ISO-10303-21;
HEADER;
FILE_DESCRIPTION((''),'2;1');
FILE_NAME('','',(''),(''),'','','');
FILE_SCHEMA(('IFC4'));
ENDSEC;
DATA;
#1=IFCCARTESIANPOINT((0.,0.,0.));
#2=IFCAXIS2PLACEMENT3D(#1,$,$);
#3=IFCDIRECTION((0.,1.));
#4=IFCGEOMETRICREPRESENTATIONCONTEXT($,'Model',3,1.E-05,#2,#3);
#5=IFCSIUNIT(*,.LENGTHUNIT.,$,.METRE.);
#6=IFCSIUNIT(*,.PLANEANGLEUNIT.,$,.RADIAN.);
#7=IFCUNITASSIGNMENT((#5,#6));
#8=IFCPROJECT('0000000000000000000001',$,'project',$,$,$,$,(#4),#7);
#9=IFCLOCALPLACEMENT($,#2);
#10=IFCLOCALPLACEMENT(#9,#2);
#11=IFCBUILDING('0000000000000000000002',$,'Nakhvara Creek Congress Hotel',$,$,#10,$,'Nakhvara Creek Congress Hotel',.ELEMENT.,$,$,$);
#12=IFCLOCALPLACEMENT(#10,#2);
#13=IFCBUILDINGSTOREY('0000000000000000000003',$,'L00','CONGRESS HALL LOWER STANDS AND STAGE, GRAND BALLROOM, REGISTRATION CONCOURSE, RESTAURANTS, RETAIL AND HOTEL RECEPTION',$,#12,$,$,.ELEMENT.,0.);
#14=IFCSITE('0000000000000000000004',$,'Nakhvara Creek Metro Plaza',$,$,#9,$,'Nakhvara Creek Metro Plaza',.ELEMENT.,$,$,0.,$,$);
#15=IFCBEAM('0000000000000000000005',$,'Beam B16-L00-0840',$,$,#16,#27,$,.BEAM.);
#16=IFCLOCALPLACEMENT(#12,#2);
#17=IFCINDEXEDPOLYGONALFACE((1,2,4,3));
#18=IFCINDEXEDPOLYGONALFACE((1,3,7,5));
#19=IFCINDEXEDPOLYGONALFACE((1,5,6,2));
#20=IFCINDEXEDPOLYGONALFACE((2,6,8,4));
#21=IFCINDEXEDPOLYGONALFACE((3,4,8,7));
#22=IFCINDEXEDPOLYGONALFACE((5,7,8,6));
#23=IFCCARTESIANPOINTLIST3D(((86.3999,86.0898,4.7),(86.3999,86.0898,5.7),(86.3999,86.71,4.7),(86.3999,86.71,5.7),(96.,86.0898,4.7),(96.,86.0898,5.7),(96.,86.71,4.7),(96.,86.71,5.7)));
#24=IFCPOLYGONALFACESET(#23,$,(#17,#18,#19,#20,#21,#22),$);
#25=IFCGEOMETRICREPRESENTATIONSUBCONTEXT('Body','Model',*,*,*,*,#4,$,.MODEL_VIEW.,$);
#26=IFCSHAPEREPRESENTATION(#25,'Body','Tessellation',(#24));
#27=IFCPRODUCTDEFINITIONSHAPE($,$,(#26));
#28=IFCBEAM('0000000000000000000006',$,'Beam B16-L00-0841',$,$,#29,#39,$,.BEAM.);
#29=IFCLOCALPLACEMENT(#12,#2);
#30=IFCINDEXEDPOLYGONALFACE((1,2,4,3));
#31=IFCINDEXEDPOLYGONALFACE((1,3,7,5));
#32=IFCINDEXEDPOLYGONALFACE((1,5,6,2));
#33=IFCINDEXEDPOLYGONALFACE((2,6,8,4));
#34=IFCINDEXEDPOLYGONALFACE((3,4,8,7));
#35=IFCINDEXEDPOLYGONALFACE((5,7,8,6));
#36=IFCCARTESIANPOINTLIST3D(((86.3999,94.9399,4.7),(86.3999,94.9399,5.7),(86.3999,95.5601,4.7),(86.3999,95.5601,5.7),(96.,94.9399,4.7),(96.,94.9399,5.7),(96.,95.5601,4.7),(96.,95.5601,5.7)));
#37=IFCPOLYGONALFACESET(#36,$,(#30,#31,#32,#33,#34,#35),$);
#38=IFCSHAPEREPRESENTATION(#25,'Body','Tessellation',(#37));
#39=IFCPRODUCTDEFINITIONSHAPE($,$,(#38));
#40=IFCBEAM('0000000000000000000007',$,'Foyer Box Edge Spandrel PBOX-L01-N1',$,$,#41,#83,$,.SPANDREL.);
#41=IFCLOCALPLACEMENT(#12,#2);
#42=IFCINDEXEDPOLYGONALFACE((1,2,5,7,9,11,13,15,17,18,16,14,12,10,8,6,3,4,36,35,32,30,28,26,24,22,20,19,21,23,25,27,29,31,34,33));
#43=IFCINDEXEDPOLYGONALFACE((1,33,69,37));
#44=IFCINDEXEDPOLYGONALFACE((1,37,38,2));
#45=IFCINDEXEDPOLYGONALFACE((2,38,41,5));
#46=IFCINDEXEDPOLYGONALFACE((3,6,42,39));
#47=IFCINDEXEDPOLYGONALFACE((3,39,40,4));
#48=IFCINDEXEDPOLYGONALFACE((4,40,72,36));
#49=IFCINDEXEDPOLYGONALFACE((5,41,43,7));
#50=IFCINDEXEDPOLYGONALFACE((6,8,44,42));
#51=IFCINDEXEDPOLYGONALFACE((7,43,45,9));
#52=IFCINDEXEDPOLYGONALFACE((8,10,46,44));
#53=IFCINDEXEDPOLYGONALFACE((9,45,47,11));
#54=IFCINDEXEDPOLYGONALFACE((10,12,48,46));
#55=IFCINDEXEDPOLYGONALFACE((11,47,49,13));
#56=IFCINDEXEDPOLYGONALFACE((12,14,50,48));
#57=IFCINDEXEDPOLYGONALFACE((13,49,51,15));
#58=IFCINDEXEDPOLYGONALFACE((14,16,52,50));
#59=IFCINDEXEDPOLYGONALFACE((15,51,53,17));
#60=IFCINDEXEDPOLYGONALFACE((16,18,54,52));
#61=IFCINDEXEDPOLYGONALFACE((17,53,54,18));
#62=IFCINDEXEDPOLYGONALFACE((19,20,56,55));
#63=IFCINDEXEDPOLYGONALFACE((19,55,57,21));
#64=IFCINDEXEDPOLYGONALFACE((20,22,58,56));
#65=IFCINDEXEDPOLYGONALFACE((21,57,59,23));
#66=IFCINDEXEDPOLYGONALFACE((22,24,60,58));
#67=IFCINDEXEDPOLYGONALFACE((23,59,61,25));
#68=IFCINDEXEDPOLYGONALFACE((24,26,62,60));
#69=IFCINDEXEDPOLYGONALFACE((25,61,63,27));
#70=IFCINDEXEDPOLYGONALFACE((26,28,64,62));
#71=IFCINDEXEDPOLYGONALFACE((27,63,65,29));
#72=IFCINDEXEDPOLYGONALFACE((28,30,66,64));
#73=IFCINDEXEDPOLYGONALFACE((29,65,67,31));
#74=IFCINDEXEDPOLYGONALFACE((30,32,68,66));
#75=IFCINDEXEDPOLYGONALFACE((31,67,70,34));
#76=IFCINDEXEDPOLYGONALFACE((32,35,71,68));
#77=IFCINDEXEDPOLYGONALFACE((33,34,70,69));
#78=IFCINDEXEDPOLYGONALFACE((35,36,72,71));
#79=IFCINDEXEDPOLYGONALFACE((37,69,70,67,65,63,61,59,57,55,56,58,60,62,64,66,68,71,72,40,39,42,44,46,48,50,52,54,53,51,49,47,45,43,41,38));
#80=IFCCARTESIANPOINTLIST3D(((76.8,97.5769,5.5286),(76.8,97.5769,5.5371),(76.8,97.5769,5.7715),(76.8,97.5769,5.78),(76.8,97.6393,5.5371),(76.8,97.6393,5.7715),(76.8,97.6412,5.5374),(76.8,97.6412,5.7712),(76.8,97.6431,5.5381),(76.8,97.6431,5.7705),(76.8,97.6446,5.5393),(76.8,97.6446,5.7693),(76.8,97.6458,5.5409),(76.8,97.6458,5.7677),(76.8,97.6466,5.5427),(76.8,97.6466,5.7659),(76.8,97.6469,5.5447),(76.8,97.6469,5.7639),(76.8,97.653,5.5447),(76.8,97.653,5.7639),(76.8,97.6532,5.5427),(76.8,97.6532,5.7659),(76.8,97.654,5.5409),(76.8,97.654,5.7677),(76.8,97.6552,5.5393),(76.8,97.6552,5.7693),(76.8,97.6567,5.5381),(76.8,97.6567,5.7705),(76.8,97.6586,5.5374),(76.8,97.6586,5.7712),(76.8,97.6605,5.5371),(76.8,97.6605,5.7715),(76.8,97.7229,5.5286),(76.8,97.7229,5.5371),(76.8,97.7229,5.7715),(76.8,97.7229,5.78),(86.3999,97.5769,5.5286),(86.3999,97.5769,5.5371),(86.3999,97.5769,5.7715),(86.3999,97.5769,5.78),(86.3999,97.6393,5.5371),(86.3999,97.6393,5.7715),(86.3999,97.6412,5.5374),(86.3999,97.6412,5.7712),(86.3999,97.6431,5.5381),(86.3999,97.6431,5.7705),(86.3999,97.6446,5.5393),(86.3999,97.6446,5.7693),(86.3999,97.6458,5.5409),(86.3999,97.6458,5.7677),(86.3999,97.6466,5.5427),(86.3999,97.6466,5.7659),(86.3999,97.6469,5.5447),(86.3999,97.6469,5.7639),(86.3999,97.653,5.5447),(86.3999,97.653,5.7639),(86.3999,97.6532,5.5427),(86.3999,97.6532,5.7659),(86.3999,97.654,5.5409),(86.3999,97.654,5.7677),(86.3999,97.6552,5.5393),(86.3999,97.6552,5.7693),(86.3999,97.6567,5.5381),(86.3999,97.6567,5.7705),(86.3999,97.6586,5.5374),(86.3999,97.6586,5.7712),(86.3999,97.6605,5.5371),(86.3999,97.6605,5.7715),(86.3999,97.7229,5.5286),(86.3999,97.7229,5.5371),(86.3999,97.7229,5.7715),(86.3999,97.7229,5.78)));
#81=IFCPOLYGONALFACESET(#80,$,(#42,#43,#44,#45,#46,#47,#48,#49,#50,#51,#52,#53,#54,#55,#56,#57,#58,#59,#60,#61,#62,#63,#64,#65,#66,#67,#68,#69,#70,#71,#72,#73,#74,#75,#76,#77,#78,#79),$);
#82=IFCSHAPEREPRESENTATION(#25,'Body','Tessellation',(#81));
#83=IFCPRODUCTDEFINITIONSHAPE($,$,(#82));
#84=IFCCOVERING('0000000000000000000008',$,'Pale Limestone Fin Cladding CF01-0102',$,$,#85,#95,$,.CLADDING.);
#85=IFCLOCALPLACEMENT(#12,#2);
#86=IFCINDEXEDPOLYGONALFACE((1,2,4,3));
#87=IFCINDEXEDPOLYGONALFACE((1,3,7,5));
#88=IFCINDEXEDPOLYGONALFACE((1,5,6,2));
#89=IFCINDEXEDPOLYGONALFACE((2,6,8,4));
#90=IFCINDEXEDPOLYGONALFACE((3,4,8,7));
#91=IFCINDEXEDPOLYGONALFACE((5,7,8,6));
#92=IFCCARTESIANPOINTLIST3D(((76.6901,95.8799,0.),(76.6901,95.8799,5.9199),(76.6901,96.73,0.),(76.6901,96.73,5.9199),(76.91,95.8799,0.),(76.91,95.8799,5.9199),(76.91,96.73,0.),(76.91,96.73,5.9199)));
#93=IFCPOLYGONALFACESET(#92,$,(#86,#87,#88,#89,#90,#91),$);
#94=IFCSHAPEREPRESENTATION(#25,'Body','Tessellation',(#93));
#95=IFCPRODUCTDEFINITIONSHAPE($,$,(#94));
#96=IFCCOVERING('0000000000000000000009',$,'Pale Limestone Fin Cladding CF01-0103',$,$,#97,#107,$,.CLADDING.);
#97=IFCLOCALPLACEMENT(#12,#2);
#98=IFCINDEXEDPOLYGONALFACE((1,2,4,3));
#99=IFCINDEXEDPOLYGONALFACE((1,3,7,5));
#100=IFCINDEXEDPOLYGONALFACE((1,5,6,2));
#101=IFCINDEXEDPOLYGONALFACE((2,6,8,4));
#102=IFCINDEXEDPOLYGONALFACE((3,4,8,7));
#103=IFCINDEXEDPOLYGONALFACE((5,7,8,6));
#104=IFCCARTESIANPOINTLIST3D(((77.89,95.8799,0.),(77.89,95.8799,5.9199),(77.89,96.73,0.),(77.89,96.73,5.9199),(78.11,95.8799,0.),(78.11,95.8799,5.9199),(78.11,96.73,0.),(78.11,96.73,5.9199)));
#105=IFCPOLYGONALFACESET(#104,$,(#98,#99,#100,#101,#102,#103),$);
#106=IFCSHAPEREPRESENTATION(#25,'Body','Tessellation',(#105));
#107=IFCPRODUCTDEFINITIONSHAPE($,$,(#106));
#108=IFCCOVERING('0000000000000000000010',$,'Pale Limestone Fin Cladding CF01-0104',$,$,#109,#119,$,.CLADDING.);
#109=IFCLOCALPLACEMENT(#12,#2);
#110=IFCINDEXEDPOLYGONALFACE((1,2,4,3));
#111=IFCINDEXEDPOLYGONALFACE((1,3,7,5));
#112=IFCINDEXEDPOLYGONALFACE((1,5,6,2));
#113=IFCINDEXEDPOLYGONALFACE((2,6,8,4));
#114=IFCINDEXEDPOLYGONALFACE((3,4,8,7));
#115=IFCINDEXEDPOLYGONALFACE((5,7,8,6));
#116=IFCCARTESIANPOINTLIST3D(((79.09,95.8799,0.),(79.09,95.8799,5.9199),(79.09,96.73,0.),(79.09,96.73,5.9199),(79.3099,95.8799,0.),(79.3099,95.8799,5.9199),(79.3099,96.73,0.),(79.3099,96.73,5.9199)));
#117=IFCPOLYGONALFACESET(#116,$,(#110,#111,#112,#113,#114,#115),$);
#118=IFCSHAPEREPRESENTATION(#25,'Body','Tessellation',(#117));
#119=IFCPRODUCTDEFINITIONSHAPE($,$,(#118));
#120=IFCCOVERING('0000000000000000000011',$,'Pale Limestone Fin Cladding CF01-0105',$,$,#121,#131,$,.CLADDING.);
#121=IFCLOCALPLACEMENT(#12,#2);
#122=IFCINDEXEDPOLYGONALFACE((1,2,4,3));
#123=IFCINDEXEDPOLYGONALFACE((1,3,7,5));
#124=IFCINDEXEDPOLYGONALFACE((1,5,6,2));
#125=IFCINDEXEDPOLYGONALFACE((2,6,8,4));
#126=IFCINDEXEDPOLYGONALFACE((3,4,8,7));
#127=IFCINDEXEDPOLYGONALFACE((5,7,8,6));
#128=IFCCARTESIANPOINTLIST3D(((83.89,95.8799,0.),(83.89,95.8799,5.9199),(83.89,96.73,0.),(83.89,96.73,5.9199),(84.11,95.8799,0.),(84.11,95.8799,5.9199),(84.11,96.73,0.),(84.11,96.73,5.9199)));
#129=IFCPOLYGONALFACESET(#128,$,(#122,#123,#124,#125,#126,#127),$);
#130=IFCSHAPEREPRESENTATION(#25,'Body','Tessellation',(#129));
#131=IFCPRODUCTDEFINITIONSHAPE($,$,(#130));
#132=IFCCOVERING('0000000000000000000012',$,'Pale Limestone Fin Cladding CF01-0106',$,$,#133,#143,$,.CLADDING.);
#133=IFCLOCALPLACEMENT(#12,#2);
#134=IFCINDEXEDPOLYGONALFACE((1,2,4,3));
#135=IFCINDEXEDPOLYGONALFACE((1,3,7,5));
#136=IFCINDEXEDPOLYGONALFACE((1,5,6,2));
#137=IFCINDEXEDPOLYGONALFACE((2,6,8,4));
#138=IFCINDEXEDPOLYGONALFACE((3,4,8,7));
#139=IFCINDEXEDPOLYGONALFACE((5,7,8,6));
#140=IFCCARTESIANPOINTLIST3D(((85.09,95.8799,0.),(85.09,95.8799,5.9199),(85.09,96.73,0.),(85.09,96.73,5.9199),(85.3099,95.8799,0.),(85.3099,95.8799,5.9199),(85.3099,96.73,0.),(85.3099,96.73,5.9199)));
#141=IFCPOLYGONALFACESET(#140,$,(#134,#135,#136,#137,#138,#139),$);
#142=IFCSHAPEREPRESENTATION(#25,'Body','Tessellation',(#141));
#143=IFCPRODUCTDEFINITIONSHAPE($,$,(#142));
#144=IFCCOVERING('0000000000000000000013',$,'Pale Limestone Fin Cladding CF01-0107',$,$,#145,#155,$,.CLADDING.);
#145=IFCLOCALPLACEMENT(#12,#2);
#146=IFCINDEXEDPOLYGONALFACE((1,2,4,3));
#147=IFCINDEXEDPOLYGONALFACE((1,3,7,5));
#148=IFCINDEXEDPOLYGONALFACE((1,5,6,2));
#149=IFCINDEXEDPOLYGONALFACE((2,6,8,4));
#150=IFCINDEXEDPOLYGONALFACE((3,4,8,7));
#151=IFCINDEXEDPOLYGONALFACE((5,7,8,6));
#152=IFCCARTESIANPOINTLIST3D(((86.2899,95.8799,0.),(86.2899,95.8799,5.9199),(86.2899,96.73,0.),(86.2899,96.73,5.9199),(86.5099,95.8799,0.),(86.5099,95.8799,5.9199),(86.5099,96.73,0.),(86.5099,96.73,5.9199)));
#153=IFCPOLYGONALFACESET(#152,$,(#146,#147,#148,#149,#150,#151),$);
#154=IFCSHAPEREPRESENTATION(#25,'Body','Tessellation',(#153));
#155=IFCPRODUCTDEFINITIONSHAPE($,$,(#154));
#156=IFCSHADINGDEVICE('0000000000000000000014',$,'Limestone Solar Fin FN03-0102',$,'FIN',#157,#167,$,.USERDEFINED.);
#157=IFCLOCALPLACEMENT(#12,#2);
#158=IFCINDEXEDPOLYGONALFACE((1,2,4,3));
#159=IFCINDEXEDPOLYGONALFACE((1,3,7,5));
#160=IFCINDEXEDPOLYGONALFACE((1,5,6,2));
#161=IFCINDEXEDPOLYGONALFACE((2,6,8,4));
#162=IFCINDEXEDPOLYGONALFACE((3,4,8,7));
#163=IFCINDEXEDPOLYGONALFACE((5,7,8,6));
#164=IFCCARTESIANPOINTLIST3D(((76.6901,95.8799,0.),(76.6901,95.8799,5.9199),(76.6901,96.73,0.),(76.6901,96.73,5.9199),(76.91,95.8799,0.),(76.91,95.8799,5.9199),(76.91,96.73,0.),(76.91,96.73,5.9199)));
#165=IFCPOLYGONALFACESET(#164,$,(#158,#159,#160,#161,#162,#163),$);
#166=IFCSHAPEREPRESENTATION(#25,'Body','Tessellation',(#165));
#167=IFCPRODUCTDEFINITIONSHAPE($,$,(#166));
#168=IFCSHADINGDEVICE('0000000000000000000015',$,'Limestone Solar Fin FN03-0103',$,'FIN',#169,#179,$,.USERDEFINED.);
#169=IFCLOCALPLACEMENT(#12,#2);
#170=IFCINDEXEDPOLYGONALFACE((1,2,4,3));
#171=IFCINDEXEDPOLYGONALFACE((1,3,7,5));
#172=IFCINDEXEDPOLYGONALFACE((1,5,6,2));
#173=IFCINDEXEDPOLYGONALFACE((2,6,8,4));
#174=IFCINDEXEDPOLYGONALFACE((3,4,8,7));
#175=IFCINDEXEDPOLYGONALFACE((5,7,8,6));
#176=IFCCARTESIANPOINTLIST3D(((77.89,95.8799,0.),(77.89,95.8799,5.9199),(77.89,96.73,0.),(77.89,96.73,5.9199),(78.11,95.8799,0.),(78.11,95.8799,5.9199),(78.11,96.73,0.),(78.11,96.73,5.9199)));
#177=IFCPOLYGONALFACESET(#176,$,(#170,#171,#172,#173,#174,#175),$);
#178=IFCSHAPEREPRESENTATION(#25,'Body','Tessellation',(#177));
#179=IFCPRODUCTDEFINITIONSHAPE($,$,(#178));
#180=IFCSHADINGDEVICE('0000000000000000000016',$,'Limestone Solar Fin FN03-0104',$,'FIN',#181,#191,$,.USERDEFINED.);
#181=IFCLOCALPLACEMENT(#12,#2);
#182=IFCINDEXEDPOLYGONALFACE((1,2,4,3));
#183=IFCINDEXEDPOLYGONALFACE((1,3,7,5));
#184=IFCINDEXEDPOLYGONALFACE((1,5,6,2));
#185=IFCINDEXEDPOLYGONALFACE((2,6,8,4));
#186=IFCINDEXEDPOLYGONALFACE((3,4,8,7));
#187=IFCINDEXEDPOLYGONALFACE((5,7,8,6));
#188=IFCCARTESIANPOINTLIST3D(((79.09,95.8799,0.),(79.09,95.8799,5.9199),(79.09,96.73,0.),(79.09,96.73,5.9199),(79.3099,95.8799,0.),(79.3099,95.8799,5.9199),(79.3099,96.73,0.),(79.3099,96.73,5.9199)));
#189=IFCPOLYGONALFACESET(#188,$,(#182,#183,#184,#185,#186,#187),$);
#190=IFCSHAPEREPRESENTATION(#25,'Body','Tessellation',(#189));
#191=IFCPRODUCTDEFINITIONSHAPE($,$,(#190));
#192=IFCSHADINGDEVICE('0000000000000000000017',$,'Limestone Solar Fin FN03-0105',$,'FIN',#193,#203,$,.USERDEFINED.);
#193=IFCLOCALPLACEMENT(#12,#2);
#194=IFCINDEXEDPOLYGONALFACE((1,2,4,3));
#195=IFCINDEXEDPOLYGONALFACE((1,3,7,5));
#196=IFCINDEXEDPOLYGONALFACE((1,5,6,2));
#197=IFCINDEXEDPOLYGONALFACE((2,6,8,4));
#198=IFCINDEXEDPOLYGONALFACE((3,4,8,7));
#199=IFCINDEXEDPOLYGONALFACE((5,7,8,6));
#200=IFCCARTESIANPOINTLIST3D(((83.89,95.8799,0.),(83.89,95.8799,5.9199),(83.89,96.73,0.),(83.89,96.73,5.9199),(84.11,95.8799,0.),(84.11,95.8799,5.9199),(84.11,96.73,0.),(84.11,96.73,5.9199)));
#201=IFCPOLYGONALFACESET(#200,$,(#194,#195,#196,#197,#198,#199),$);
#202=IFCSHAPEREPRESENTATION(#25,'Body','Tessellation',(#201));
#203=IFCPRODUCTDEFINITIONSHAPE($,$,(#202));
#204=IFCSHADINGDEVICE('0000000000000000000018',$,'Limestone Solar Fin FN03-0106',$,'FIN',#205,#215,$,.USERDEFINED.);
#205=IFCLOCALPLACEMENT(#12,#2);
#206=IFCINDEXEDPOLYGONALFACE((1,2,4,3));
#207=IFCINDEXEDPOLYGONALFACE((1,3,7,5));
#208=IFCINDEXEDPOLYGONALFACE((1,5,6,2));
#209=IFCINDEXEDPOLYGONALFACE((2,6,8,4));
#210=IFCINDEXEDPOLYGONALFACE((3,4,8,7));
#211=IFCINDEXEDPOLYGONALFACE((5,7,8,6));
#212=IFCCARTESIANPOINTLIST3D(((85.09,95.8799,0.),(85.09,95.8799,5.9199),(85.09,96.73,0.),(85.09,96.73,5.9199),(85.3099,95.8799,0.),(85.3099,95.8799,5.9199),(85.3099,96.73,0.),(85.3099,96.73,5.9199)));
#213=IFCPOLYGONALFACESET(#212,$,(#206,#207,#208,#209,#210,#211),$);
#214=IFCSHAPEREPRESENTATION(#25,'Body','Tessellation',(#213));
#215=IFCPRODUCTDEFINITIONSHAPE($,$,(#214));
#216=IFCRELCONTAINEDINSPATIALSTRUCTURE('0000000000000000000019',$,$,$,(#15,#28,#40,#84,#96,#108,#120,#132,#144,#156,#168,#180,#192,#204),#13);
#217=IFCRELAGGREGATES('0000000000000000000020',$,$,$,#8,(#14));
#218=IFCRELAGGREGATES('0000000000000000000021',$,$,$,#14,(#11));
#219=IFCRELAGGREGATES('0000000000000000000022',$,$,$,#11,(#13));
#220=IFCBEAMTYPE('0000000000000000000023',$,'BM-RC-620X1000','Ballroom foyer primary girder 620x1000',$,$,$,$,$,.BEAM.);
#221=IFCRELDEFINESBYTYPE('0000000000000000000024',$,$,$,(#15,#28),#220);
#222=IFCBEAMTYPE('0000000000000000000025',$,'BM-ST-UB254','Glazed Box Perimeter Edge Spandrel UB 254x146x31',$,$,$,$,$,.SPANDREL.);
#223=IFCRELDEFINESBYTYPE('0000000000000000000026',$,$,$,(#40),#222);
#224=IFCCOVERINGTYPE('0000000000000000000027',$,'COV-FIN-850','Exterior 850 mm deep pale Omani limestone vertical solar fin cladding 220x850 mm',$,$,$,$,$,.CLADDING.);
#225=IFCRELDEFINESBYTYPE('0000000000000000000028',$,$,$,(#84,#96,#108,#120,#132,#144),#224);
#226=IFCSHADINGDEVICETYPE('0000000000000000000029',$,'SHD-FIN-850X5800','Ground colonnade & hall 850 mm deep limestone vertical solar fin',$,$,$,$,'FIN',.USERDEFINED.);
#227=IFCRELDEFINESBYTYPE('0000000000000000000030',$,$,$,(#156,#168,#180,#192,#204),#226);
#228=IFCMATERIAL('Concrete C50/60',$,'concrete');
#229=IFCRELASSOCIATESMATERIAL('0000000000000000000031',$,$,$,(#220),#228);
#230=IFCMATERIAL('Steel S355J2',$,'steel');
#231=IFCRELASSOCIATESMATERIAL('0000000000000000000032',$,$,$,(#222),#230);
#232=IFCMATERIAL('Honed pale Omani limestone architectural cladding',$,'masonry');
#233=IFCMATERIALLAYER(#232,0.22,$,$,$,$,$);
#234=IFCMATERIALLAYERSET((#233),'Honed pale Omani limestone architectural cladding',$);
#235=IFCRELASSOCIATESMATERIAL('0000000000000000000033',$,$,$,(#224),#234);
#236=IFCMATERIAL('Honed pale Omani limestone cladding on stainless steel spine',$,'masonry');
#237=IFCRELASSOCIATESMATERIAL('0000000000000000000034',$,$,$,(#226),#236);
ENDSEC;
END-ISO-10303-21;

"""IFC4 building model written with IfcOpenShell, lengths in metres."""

from ifc_helpers import new_model, si_unit, direction, frame, origin, origin_2d, place, context, subcontext, project, spatial, rectangle, i_section, extrude, material, layer, layer_set, material_profile, profile_set, type_object, element, save


model = new_model("IFC4")

# Units and contexts
model_context = context("Model", 3, precision=1e-05, world=origin(), true_north=direction((0.0, 1.0)))
body_context = subcontext(model_context, "Body", "Model", "MODEL_VIEW")
ifc_project = project(units=[si_unit("LENGTHUNIT", "METRE"), si_unit("PLANEANGLEUNIT", "RADIAN")], contexts=[model_context])

# Site, building, storey
site_placement = place(None, origin())
site = spatial("IfcSite", under=ifc_project, at=site_placement, Name="Nakhvara Creek Metro Plaza", LongName="Nakhvara Creek Metro Plaza", CompositionType="ELEMENT", RefElevation=0.0)
building_placement = place(site_placement, origin())
building = spatial("IfcBuilding", under=site, at=building_placement, Name="Nakhvara Creek Congress Hotel", LongName="Nakhvara Creek Congress Hotel", CompositionType="ELEMENT")
storey_placement = place(building_placement, origin())
storey = spatial("IfcBuildingStorey", under=building, at=storey_placement, Name="L00", Description="CONGRESS HALL LOWER STANDS AND STAGE, GRAND BALLROOM, REGISTRATION CONCOURSE, RESTAURANTS, RETAIL AND HOTEL RECEPTION", CompositionType="ELEMENT", Elevation=0.0)

# Shared definitions
ifc_material_1 = material(Name="Concrete C50/60", Category="concrete")
ifc_material_2 = material(Name="Steel S355J2", Category="steel")

# Beams
ifc_material_profile_1 = material_profile(ifc_material_1, rectangle(XDim=0.6201, YDim=1.0, at=origin_2d()), Name="RC-BM 620x1000", Category="LoadBearing")
ifc_profile_set_1 = profile_set([ifc_material_profile_1], Name="Concrete C50/60")
beam_type_1 = type_object("IfcBeamType", Name="BM-RC-620X1000", Description="Ballroom foyer primary girder 620x1000", PredefinedType="BEAM", material=ifc_profile_set_1)
for number, where, z_axis, x_axis, name in (
    (1, (86.3999, 86.3999, 5.2), (1.0, 0.0, 0.0), (0.0, 1.0, 0.0), "Beam B16-L00-0840"),
    (2, (86.3999, 95.25, 5.2), (1.0, 0.0, 0.0), (0.0, 1.0, 0.0), "Beam B16-L00-0841"),
):
    element("IfcBeam", number, at=place(storey_placement, frame(where, z_axis=z_axis, x_axis=x_axis)), inside=storey, type_object=beam_type_1, Name=name, PredefinedType="BEAM", context=body_context, shape_type="SweptSolid", body=[
        extrude(rectangle(XDim=0.6201, YDim=1.0, at=origin_2d()), origin(), (0.0, 0.0, 1.0), 9.6001),
    ])
ifc_material_profile_2 = material_profile(ifc_material_2, i_section(OverallWidth=0.146, OverallDepth=0.2515, WebThickness=0.0061, FlangeThickness=0.0085, FilletRadius=0.0076, at=origin_2d()), Name="UB 254x146x31", Category="LoadBearing")
ifc_profile_set_2 = profile_set([ifc_material_profile_2], Name="Steel S355J2")
beam_type_2 = type_object("IfcBeamType", Name="BM-ST-UB254", Description="Glazed Box Perimeter Edge Spandrel UB 254x146x31", PredefinedType="SPANDREL", material=ifc_profile_set_2)
beam_1_placement = place(storey_placement, frame((76.8, 97.6499, 5.6543), z_axis=(1.0, 0.0, 0.0), x_axis=(0.0, 1.0, 0.0)))
element("IfcBeam", 3, at=beam_1_placement, inside=storey, type_object=beam_type_2, Name="Foyer Box Edge Spandrel PBOX-L01-N1", PredefinedType="SPANDREL", context=body_context, shape_type="SweptSolid", body=[
    extrude(i_section(OverallWidth=0.146, OverallDepth=0.2515, WebThickness=0.0061, FlangeThickness=0.0085, FilletRadius=0.0076, at=origin_2d()), origin(), (0.0, 0.0, 1.0), 9.5999),
])

# Coverings
ifc_material_3 = material(Name="Honed pale Omani limestone architectural cladding", Category="masonry")
ifc_layer = layer(ifc_material_3, 0.22)
ifc_layer_set = layer_set([ifc_layer], Name="Honed pale Omani limestone architectural cladding")
covering_type = type_object("IfcCoveringType", Name="COV-FIN-850", Description="Exterior 850 mm deep pale Omani limestone vertical solar fin cladding 220x850 mm", PredefinedType="CLADDING", material=ifc_layer_set)
for number, where, z_axis, x_axis, name in (
    (4, (76.8, 96.3049, 0.0), (0.0, 0.0, 1.0), (1.0, 0.0, 0.0), "Pale Limestone Fin Cladding CF01-0102"),
    (5, (78.0, 96.3049, 0.0), (0.0, 0.0, 1.0), (1.0, 0.0, 0.0), "Pale Limestone Fin Cladding CF01-0103"),
    (6, (79.2, 96.3049, 0.0), (0.0, 0.0, 1.0), (1.0, 0.0, 0.0), "Pale Limestone Fin Cladding CF01-0104"),
    (7, (84.0, 96.3049, 0.0), (0.0, 0.0, 1.0), (1.0, 0.0, 0.0), "Pale Limestone Fin Cladding CF01-0105"),
    (8, (85.2, 96.3049, 0.0), (0.0, 0.0, 1.0), (1.0, 0.0, 0.0), "Pale Limestone Fin Cladding CF01-0106"),
    (9, (86.3999, 96.3049, 0.0), (0.0, 0.0, 1.0), (1.0, 0.0, 0.0), "Pale Limestone Fin Cladding CF01-0107"),
):
    element("IfcCovering", number, at=place(storey_placement, frame(where, z_axis=z_axis, x_axis=x_axis)), inside=storey, type_object=covering_type, Name=name, PredefinedType="CLADDING", context=body_context, shape_type="SweptSolid", body=[
        extrude(rectangle(XDim=0.22, YDim=0.8501, at=origin_2d()), origin(), (0.0, 0.0, 1.0), 5.9199),
    ])

# Shading devices
ifc_material_4 = material(Name="Honed pale Omani limestone cladding on stainless steel spine", Category="masonry")
shading_device_type = type_object("IfcShadingDeviceType", Name="SHD-FIN-850X5800", Description="Ground colonnade & hall 850 mm deep limestone vertical solar fin", ElementType="FIN", PredefinedType="USERDEFINED", material=ifc_material_4)
for number, where, z_axis, x_axis, name in (
    (10, (76.8, 96.3049, 0.0), (0.0, 0.0, 1.0), (1.0, 0.0, 0.0), "Limestone Solar Fin FN03-0102"),
    (11, (78.0, 96.3049, 0.0), (0.0, 0.0, 1.0), (1.0, 0.0, 0.0), "Limestone Solar Fin FN03-0103"),
    (12, (79.2, 96.3049, 0.0), (0.0, 0.0, 1.0), (1.0, 0.0, 0.0), "Limestone Solar Fin FN03-0104"),
    (13, (84.0, 96.3049, 0.0), (0.0, 0.0, 1.0), (1.0, 0.0, 0.0), "Limestone Solar Fin FN03-0105"),
    (14, (85.2, 96.3049, 0.0), (0.0, 0.0, 1.0), (1.0, 0.0, 0.0), "Limestone Solar Fin FN03-0106"),
):
    element("IfcShadingDevice", number, at=place(storey_placement, frame(where, z_axis=z_axis, x_axis=x_axis)), inside=storey, type_object=shading_device_type, Name=name, ObjectType="FIN", PredefinedType="USERDEFINED", context=body_context, shape_type="SweptSolid", body=[
        extrude(rectangle(XDim=0.22, YDim=0.8501, at=origin_2d()), origin(), (0.0, 0.0, 1.0), 5.9199),
    ])

save(model, "model.ifc")
